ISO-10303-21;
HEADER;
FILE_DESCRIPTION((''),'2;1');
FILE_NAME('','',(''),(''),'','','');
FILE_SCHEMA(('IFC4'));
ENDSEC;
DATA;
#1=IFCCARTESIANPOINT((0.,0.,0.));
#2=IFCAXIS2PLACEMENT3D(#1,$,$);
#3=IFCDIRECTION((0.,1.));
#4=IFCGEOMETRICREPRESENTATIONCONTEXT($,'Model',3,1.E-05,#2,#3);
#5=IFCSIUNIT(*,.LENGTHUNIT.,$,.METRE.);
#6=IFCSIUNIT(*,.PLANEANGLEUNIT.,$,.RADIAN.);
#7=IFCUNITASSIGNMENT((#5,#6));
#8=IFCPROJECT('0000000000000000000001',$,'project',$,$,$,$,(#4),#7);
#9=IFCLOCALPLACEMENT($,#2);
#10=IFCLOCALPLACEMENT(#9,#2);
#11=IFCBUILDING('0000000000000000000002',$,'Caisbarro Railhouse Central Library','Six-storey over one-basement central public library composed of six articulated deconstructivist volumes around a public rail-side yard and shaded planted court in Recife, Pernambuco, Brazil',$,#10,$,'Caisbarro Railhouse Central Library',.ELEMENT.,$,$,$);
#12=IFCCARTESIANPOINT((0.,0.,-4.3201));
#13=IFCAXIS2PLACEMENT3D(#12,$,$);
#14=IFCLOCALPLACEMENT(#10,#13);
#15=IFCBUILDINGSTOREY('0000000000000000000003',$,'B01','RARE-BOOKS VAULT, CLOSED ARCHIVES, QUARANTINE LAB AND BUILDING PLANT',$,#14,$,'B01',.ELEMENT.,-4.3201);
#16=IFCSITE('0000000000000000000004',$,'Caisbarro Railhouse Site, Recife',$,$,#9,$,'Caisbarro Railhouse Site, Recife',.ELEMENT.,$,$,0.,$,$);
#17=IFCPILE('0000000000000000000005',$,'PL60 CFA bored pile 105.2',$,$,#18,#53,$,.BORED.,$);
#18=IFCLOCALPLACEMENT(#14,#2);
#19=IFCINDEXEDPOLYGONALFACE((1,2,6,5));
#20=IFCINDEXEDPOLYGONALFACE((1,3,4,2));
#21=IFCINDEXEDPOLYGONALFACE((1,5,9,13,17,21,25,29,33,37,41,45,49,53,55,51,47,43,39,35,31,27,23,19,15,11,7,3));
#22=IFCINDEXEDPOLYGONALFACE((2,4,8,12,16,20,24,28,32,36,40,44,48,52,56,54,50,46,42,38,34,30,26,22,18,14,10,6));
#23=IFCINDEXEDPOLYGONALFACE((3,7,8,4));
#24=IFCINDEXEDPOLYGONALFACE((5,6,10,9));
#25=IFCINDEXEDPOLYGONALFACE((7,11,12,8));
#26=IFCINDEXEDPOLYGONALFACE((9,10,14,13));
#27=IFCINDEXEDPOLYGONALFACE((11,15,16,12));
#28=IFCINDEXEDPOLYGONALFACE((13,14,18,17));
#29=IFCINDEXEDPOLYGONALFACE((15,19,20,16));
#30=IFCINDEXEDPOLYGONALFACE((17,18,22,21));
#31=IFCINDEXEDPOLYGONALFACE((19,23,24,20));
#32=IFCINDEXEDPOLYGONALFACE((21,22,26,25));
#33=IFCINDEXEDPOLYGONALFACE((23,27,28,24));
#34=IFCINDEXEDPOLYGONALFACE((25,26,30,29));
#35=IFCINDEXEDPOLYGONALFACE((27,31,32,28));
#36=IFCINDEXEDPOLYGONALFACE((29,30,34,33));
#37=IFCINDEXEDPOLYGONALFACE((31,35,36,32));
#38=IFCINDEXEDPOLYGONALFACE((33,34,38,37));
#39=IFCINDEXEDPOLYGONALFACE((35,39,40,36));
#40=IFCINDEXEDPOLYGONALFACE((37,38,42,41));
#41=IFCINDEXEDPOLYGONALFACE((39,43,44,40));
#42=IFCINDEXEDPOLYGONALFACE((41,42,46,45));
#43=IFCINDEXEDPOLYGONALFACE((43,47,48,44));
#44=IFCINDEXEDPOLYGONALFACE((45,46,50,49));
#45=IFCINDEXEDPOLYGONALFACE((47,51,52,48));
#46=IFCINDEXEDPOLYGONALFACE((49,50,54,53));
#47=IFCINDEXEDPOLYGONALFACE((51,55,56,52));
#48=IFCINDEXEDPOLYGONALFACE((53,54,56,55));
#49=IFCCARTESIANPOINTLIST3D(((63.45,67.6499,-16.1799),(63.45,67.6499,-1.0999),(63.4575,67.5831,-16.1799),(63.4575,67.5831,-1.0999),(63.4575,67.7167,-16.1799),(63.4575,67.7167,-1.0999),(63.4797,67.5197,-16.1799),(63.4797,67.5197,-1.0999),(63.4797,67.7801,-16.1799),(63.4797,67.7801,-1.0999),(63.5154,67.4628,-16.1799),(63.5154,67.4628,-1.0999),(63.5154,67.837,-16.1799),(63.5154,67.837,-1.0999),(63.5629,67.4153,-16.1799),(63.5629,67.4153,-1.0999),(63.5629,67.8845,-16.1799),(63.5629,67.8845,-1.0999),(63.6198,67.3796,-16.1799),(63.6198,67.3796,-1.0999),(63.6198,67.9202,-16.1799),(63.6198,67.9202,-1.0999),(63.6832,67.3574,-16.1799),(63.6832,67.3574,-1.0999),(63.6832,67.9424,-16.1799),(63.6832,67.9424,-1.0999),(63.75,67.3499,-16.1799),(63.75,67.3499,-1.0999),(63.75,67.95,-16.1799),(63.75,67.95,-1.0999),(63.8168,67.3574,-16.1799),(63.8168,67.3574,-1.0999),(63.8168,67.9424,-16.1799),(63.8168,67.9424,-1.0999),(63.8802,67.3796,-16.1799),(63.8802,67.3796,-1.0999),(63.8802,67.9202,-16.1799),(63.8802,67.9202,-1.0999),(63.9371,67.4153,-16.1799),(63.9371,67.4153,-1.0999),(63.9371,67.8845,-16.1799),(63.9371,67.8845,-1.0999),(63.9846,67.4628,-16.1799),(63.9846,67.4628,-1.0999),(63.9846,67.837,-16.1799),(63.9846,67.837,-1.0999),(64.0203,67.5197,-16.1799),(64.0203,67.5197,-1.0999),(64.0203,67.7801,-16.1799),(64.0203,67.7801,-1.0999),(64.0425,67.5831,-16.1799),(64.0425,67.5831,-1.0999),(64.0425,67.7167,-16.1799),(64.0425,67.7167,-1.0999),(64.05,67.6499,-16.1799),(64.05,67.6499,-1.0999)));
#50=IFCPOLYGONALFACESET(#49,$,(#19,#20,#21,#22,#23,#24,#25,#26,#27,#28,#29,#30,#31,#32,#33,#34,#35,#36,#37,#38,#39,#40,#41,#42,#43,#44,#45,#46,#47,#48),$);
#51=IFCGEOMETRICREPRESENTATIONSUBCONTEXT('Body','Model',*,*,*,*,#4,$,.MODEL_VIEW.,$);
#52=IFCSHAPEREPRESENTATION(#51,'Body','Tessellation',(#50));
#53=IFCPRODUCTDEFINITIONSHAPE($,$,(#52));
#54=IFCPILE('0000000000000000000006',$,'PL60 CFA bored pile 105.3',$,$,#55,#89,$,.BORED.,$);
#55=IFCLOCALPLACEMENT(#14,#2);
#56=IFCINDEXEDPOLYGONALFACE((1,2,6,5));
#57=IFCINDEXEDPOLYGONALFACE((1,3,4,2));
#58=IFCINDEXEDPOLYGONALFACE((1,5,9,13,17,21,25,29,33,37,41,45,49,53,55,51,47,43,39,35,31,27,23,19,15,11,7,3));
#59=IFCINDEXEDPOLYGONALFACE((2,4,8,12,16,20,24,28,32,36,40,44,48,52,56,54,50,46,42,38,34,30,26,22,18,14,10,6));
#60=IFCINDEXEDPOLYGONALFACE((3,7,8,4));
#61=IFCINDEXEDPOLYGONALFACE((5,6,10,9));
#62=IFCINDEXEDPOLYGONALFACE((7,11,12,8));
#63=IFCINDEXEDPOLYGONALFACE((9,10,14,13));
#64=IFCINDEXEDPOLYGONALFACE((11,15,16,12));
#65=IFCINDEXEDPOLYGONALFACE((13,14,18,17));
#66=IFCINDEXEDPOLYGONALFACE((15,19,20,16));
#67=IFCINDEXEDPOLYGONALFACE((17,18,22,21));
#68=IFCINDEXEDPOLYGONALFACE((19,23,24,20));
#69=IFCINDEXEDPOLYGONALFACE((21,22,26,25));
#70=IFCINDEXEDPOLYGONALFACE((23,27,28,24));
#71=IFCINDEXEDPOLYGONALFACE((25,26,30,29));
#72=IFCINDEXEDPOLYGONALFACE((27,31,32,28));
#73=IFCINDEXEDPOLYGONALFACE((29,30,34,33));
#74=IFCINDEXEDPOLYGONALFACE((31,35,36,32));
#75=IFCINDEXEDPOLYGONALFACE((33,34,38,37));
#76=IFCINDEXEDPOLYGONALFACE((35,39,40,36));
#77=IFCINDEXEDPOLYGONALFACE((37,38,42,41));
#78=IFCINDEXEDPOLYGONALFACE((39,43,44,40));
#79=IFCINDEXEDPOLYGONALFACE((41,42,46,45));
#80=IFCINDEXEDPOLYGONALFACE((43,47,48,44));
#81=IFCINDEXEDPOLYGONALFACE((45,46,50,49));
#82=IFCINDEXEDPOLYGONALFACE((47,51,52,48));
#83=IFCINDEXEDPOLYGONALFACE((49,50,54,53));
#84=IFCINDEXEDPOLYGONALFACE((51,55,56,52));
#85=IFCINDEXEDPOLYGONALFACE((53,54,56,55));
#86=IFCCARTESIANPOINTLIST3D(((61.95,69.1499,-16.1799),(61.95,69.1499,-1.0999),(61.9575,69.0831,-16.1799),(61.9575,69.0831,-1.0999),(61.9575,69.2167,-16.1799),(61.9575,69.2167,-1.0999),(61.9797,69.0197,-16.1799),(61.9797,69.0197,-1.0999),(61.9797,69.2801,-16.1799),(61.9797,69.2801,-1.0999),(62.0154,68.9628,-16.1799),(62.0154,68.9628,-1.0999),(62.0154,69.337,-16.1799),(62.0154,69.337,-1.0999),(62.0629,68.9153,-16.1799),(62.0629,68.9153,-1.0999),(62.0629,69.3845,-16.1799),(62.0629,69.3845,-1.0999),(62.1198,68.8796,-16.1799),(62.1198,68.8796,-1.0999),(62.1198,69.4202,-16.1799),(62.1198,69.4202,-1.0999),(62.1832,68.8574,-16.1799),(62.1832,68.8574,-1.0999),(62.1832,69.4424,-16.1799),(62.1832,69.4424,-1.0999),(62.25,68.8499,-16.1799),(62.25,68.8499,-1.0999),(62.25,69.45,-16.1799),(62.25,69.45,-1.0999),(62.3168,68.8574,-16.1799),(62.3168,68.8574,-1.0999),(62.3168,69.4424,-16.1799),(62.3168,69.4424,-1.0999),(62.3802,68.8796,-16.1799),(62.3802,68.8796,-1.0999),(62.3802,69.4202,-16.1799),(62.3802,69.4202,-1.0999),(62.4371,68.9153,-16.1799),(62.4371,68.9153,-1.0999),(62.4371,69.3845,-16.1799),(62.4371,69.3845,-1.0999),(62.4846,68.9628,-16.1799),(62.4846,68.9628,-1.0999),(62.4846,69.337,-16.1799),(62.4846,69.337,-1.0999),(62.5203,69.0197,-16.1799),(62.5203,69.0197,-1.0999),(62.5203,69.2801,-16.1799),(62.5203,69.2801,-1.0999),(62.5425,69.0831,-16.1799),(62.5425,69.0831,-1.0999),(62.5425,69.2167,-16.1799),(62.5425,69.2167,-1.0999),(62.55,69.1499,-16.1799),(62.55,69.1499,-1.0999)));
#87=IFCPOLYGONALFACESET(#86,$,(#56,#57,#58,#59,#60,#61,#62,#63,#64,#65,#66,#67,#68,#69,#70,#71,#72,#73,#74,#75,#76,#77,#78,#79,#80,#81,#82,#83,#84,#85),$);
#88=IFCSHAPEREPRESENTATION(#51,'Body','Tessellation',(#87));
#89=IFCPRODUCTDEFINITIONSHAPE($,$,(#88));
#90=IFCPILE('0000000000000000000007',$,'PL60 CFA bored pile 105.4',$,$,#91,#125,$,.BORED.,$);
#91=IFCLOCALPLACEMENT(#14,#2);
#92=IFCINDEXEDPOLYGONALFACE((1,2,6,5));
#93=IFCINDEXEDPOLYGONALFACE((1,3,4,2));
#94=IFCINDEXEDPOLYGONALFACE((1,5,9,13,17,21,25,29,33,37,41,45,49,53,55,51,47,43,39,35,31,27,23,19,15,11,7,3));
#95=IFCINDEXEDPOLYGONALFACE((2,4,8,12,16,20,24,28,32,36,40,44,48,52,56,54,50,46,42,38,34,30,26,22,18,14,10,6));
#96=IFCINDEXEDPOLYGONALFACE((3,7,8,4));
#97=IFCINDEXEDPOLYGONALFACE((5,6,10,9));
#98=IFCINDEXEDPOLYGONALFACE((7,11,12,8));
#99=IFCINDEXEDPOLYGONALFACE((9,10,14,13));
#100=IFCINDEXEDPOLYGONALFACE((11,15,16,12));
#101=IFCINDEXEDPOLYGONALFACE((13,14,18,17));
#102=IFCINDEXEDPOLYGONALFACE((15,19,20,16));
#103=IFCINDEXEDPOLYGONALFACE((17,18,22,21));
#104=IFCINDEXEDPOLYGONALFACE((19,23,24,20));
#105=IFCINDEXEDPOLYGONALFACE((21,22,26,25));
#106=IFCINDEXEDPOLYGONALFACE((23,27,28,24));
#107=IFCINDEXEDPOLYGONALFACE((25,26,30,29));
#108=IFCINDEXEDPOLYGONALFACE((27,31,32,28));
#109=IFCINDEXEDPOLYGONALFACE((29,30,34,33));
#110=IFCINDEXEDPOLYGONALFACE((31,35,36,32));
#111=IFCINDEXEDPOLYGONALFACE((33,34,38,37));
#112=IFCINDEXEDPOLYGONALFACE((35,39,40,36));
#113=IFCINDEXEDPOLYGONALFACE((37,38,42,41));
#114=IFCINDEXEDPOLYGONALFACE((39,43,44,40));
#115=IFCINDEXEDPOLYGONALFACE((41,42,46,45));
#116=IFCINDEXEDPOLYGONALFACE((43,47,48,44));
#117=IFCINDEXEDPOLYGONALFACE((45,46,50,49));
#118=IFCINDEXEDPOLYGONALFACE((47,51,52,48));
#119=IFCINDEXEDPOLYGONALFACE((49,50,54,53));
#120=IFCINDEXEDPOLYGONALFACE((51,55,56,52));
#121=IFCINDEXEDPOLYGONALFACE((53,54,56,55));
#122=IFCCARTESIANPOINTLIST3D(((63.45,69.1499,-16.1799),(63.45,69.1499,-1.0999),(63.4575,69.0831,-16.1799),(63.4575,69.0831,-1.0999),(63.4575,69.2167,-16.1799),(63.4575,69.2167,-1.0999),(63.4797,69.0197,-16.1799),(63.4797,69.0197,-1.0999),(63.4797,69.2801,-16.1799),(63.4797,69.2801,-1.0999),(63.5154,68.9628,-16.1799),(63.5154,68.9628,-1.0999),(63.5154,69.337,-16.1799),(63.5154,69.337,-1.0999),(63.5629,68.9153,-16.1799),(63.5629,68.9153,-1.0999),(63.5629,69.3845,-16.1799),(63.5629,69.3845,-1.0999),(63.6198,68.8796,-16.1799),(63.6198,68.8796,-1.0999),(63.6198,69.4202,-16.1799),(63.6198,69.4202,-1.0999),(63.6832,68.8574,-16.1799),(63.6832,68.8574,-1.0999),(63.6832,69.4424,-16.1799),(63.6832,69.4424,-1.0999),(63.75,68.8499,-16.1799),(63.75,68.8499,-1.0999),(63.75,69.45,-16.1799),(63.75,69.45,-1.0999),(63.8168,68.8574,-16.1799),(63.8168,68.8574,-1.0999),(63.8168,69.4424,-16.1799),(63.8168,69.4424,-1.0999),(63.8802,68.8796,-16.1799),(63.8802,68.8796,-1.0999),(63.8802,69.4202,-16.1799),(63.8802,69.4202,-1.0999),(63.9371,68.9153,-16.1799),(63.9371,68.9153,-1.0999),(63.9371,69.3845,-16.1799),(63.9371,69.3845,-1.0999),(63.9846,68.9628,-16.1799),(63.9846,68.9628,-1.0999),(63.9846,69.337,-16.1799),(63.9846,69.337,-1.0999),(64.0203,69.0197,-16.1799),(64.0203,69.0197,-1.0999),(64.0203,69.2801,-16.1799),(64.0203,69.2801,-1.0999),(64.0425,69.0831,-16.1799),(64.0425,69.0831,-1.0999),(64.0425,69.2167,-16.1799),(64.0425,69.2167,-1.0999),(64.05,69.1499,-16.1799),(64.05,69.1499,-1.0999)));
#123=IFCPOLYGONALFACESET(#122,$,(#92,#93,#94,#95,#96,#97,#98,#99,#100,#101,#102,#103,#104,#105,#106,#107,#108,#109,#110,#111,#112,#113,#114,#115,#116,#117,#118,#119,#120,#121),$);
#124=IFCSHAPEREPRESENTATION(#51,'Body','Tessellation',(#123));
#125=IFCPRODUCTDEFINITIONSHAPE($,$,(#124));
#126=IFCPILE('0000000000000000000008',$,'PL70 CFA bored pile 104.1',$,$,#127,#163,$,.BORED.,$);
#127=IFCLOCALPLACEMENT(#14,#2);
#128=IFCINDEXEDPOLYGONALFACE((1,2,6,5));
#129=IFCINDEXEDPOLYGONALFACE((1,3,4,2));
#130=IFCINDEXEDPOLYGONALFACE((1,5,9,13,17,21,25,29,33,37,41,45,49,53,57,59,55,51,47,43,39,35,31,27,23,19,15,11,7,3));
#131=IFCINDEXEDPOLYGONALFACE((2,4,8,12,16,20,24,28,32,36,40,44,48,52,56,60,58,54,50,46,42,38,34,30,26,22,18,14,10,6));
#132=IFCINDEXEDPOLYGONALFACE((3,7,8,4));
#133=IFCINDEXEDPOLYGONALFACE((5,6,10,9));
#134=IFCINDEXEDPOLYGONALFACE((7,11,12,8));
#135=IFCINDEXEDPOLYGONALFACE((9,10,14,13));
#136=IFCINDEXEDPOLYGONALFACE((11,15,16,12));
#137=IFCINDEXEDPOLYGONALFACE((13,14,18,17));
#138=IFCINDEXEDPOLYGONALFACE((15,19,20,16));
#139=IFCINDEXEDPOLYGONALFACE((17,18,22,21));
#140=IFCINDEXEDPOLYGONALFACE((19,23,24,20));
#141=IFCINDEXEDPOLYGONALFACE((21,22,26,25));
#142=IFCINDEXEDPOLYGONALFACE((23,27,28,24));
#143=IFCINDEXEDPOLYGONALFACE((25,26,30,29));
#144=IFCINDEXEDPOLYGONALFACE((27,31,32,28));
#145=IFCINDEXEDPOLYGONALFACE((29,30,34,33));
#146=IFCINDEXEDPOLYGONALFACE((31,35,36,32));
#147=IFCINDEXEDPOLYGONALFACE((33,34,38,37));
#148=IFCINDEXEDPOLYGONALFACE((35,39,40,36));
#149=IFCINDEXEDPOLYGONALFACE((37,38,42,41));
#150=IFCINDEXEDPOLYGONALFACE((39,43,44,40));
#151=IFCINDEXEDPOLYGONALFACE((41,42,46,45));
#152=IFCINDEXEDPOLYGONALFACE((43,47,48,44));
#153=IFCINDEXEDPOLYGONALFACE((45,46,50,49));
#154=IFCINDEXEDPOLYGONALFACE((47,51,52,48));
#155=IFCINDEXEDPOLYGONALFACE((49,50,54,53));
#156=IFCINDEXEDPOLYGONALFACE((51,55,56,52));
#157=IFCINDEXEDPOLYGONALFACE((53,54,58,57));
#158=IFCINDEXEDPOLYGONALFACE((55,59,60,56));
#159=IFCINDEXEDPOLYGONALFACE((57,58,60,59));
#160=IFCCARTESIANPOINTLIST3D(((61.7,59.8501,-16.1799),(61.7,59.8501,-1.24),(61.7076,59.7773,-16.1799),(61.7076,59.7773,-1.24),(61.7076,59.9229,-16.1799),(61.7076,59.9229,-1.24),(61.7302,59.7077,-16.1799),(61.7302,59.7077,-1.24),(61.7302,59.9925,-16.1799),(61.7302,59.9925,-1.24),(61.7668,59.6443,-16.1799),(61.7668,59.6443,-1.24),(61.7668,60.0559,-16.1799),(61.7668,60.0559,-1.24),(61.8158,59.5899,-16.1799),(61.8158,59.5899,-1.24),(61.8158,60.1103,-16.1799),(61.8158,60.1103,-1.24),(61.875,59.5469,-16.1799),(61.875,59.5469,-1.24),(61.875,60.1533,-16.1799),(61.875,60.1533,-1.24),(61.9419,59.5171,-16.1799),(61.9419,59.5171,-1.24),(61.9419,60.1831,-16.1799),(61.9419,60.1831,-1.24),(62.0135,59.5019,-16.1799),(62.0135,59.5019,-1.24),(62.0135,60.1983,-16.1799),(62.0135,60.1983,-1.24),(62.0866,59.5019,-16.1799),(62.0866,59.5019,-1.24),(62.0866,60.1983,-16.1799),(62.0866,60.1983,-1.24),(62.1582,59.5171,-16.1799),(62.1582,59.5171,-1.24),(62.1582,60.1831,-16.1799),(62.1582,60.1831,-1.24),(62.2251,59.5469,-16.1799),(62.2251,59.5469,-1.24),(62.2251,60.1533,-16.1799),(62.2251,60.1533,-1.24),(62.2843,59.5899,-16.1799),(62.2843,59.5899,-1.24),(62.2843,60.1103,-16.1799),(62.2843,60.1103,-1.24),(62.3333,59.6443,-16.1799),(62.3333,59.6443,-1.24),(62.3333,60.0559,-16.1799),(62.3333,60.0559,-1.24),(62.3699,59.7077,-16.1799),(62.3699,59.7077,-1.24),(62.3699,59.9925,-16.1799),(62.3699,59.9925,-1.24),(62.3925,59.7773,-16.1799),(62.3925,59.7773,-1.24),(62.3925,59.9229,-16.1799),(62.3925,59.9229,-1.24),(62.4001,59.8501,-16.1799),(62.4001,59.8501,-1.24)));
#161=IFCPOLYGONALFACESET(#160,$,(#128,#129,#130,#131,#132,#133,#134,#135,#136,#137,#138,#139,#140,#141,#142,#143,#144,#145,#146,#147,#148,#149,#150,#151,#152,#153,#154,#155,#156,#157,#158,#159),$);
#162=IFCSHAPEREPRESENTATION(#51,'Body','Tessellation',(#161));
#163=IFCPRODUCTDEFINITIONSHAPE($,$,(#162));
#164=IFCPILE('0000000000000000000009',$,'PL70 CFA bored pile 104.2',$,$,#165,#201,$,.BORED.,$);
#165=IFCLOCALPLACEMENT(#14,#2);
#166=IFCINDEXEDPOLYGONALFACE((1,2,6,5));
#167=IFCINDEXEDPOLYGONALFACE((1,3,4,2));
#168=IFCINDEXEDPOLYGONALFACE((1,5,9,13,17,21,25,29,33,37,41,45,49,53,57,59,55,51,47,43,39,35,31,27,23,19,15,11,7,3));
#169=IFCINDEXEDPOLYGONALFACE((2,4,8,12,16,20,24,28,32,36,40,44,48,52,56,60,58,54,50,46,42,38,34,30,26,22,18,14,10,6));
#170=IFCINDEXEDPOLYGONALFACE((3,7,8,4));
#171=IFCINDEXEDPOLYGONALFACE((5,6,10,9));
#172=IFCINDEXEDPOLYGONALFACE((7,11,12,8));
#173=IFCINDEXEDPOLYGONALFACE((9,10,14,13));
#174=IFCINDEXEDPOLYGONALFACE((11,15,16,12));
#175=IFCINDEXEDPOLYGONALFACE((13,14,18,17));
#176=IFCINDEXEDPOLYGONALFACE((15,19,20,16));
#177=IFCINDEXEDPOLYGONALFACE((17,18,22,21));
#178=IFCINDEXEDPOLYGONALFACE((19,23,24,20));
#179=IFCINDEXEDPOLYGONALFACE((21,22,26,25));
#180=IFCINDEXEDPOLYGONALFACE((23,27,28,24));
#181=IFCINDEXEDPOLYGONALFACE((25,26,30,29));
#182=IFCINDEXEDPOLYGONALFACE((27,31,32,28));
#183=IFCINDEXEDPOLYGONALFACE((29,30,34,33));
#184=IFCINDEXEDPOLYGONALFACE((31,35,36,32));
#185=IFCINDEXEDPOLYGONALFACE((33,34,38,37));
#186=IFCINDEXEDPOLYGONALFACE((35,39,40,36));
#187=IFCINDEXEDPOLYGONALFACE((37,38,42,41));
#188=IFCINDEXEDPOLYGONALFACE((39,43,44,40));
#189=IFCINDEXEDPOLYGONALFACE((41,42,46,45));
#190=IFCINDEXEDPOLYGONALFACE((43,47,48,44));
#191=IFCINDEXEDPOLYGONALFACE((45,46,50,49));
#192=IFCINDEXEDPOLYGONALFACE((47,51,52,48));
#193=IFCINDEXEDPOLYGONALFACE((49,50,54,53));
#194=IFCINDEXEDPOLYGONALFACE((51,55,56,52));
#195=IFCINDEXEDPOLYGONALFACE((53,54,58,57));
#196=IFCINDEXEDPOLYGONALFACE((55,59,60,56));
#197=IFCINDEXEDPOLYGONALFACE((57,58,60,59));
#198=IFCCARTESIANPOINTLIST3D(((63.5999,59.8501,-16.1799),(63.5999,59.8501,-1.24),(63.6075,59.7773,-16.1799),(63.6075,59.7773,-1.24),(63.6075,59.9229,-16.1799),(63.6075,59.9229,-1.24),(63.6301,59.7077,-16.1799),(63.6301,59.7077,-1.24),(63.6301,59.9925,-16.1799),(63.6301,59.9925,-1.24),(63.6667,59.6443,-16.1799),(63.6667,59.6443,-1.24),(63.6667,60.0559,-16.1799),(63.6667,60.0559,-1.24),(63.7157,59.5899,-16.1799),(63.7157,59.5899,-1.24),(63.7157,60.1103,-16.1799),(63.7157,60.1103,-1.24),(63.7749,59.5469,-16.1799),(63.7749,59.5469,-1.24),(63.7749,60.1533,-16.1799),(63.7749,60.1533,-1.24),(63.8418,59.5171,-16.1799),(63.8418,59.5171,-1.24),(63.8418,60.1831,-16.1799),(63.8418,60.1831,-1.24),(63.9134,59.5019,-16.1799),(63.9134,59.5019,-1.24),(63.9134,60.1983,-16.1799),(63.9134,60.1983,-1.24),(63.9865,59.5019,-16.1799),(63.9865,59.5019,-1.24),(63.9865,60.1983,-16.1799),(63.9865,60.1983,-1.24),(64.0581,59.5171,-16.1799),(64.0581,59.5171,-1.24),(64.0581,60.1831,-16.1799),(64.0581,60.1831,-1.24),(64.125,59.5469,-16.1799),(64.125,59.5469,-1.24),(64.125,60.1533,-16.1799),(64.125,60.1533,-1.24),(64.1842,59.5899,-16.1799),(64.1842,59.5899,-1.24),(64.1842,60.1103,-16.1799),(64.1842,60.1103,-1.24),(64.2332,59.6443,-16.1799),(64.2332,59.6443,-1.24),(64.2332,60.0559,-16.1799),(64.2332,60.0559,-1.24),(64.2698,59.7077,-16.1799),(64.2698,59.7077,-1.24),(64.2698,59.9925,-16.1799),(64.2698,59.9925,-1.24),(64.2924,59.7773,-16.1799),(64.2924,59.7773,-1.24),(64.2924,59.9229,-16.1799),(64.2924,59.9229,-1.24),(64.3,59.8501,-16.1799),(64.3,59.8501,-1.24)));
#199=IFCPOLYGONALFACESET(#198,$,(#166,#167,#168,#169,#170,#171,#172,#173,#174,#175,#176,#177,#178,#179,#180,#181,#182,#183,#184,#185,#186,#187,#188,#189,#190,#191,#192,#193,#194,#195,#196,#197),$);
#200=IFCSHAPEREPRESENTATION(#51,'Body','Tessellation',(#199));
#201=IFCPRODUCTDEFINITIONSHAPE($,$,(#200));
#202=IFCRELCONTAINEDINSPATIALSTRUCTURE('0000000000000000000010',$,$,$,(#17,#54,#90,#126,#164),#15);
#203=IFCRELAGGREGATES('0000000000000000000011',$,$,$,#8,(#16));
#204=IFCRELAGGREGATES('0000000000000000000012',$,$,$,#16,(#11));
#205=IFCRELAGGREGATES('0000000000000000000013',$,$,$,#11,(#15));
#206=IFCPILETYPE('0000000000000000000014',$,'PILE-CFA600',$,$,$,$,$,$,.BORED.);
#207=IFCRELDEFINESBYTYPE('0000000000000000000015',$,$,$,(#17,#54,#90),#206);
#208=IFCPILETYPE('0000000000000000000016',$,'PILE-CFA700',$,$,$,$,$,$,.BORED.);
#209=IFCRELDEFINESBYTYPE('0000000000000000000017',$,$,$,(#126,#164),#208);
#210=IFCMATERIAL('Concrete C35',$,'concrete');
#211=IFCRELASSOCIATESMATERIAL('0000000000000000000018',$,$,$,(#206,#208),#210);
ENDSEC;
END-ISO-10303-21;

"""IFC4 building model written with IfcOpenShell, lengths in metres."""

from ifc_helpers import new_model, si_unit, direction, frame, origin, origin_2d, place, context, subcontext, project, spatial, circle, extrude, material, material_profile, profile_set, type_object, element, save


model = new_model("IFC4")

# Units and contexts
model_context = context("Model", 3, precision=1e-05, world=origin(), true_north=direction((0.0, 1.0)))
body_context = subcontext(model_context, "Body", "Model", "MODEL_VIEW")
ifc_project = project(units=[si_unit("LENGTHUNIT", "METRE"), si_unit("PLANEANGLEUNIT", "RADIAN")], contexts=[model_context])

# Site, building, storey
site_placement = place(None, origin())
site = spatial("IfcSite", under=ifc_project, at=site_placement, Name="Caisbarro Railhouse Site, Recife", LongName="Caisbarro Railhouse Site, Recife", CompositionType="ELEMENT", RefElevation=0.0)
building_placement = place(site_placement, origin())
building = spatial("IfcBuilding", under=site, at=building_placement, Name="Caisbarro Railhouse Central Library", Description="Six-storey over one-basement central public library composed of six articulated deconstructivist volumes around a public rail-side yard and shaded planted court in Recife, Pernambuco, Brazil", LongName="Caisbarro Railhouse Central Library", CompositionType="ELEMENT")
storey_placement = place(building_placement, frame((0.0, 0.0, -4.3201)))
storey = spatial("IfcBuildingStorey", under=building, at=storey_placement, Name="B01", Description="RARE-BOOKS VAULT, CLOSED ARCHIVES, QUARANTINE LAB AND BUILDING PLANT", LongName="B01", CompositionType="ELEMENT", Elevation=-4.3201)

# Shared definitions
ifc_material_1 = material(Name="Concrete C35", Category="concrete")

# Piles
ifc_material_profile_1 = material_profile(ifc_material_1, circle(Radius=0.3, at=origin_2d()), Name="PILE-CFA-600")
ifc_profile_set_1 = profile_set([ifc_material_profile_1], Name="Concrete C35")
pile_type_1 = type_object("IfcPileType", Name="PILE-CFA600", PredefinedType="BORED", material=ifc_profile_set_1)
for number, where, z_axis, x_axis, name in (
    (1, (63.75, 67.6499, -1.0999), (0.0, 0.0, -1.0), (1.0, 0.0, 0.0), "PL60 CFA bored pile 105.2"),
    (2, (62.25, 69.1499, -1.0999), (0.0, 0.0, -1.0), (1.0, 0.0, 0.0), "PL60 CFA bored pile 105.3"),
    (3, (63.75, 69.1499, -1.0999), (0.0, 0.0, -1.0), (1.0, 0.0, 0.0), "PL60 CFA bored pile 105.4"),
):
    element("IfcPile", number, at=place(storey_placement, frame(where, z_axis=z_axis, x_axis=x_axis)), inside=storey, type_object=pile_type_1, Name=name, PredefinedType="BORED", context=body_context, shape_type="SweptSolid", body=[
        extrude(circle(Radius=0.3, at=origin_2d()), origin(), (0.0, 0.0, 1.0), 15.0801),
    ])
ifc_material_profile_2 = material_profile(ifc_material_1, circle(Radius=0.3501, at=origin_2d()), Name="PILE-CFA-700")
ifc_profile_set_2 = profile_set([ifc_material_profile_2], Name="Concrete C35")
pile_type_2 = type_object("IfcPileType", Name="PILE-CFA700", PredefinedType="BORED", material=ifc_profile_set_2)
for number, where, z_axis, x_axis, name in (
    (4, (62.05, 59.8501, -1.24), (0.0, 0.0, -1.0), (1.0, 0.0, 0.0), "PL70 CFA bored pile 104.1"),
    (5, (63.95, 59.8501, -1.24), (0.0, 0.0, -1.0), (1.0, 0.0, 0.0), "PL70 CFA bored pile 104.2"),
):
    element("IfcPile", number, at=place(storey_placement, frame(where, z_axis=z_axis, x_axis=x_axis)), inside=storey, type_object=pile_type_2, Name=name, PredefinedType="BORED", context=body_context, shape_type="SweptSolid", body=[
        extrude(circle(Radius=0.3501, at=origin_2d()), origin(), (0.0, 0.0, 1.0), 14.9399),
    ])

save(model, "model.ifc")
